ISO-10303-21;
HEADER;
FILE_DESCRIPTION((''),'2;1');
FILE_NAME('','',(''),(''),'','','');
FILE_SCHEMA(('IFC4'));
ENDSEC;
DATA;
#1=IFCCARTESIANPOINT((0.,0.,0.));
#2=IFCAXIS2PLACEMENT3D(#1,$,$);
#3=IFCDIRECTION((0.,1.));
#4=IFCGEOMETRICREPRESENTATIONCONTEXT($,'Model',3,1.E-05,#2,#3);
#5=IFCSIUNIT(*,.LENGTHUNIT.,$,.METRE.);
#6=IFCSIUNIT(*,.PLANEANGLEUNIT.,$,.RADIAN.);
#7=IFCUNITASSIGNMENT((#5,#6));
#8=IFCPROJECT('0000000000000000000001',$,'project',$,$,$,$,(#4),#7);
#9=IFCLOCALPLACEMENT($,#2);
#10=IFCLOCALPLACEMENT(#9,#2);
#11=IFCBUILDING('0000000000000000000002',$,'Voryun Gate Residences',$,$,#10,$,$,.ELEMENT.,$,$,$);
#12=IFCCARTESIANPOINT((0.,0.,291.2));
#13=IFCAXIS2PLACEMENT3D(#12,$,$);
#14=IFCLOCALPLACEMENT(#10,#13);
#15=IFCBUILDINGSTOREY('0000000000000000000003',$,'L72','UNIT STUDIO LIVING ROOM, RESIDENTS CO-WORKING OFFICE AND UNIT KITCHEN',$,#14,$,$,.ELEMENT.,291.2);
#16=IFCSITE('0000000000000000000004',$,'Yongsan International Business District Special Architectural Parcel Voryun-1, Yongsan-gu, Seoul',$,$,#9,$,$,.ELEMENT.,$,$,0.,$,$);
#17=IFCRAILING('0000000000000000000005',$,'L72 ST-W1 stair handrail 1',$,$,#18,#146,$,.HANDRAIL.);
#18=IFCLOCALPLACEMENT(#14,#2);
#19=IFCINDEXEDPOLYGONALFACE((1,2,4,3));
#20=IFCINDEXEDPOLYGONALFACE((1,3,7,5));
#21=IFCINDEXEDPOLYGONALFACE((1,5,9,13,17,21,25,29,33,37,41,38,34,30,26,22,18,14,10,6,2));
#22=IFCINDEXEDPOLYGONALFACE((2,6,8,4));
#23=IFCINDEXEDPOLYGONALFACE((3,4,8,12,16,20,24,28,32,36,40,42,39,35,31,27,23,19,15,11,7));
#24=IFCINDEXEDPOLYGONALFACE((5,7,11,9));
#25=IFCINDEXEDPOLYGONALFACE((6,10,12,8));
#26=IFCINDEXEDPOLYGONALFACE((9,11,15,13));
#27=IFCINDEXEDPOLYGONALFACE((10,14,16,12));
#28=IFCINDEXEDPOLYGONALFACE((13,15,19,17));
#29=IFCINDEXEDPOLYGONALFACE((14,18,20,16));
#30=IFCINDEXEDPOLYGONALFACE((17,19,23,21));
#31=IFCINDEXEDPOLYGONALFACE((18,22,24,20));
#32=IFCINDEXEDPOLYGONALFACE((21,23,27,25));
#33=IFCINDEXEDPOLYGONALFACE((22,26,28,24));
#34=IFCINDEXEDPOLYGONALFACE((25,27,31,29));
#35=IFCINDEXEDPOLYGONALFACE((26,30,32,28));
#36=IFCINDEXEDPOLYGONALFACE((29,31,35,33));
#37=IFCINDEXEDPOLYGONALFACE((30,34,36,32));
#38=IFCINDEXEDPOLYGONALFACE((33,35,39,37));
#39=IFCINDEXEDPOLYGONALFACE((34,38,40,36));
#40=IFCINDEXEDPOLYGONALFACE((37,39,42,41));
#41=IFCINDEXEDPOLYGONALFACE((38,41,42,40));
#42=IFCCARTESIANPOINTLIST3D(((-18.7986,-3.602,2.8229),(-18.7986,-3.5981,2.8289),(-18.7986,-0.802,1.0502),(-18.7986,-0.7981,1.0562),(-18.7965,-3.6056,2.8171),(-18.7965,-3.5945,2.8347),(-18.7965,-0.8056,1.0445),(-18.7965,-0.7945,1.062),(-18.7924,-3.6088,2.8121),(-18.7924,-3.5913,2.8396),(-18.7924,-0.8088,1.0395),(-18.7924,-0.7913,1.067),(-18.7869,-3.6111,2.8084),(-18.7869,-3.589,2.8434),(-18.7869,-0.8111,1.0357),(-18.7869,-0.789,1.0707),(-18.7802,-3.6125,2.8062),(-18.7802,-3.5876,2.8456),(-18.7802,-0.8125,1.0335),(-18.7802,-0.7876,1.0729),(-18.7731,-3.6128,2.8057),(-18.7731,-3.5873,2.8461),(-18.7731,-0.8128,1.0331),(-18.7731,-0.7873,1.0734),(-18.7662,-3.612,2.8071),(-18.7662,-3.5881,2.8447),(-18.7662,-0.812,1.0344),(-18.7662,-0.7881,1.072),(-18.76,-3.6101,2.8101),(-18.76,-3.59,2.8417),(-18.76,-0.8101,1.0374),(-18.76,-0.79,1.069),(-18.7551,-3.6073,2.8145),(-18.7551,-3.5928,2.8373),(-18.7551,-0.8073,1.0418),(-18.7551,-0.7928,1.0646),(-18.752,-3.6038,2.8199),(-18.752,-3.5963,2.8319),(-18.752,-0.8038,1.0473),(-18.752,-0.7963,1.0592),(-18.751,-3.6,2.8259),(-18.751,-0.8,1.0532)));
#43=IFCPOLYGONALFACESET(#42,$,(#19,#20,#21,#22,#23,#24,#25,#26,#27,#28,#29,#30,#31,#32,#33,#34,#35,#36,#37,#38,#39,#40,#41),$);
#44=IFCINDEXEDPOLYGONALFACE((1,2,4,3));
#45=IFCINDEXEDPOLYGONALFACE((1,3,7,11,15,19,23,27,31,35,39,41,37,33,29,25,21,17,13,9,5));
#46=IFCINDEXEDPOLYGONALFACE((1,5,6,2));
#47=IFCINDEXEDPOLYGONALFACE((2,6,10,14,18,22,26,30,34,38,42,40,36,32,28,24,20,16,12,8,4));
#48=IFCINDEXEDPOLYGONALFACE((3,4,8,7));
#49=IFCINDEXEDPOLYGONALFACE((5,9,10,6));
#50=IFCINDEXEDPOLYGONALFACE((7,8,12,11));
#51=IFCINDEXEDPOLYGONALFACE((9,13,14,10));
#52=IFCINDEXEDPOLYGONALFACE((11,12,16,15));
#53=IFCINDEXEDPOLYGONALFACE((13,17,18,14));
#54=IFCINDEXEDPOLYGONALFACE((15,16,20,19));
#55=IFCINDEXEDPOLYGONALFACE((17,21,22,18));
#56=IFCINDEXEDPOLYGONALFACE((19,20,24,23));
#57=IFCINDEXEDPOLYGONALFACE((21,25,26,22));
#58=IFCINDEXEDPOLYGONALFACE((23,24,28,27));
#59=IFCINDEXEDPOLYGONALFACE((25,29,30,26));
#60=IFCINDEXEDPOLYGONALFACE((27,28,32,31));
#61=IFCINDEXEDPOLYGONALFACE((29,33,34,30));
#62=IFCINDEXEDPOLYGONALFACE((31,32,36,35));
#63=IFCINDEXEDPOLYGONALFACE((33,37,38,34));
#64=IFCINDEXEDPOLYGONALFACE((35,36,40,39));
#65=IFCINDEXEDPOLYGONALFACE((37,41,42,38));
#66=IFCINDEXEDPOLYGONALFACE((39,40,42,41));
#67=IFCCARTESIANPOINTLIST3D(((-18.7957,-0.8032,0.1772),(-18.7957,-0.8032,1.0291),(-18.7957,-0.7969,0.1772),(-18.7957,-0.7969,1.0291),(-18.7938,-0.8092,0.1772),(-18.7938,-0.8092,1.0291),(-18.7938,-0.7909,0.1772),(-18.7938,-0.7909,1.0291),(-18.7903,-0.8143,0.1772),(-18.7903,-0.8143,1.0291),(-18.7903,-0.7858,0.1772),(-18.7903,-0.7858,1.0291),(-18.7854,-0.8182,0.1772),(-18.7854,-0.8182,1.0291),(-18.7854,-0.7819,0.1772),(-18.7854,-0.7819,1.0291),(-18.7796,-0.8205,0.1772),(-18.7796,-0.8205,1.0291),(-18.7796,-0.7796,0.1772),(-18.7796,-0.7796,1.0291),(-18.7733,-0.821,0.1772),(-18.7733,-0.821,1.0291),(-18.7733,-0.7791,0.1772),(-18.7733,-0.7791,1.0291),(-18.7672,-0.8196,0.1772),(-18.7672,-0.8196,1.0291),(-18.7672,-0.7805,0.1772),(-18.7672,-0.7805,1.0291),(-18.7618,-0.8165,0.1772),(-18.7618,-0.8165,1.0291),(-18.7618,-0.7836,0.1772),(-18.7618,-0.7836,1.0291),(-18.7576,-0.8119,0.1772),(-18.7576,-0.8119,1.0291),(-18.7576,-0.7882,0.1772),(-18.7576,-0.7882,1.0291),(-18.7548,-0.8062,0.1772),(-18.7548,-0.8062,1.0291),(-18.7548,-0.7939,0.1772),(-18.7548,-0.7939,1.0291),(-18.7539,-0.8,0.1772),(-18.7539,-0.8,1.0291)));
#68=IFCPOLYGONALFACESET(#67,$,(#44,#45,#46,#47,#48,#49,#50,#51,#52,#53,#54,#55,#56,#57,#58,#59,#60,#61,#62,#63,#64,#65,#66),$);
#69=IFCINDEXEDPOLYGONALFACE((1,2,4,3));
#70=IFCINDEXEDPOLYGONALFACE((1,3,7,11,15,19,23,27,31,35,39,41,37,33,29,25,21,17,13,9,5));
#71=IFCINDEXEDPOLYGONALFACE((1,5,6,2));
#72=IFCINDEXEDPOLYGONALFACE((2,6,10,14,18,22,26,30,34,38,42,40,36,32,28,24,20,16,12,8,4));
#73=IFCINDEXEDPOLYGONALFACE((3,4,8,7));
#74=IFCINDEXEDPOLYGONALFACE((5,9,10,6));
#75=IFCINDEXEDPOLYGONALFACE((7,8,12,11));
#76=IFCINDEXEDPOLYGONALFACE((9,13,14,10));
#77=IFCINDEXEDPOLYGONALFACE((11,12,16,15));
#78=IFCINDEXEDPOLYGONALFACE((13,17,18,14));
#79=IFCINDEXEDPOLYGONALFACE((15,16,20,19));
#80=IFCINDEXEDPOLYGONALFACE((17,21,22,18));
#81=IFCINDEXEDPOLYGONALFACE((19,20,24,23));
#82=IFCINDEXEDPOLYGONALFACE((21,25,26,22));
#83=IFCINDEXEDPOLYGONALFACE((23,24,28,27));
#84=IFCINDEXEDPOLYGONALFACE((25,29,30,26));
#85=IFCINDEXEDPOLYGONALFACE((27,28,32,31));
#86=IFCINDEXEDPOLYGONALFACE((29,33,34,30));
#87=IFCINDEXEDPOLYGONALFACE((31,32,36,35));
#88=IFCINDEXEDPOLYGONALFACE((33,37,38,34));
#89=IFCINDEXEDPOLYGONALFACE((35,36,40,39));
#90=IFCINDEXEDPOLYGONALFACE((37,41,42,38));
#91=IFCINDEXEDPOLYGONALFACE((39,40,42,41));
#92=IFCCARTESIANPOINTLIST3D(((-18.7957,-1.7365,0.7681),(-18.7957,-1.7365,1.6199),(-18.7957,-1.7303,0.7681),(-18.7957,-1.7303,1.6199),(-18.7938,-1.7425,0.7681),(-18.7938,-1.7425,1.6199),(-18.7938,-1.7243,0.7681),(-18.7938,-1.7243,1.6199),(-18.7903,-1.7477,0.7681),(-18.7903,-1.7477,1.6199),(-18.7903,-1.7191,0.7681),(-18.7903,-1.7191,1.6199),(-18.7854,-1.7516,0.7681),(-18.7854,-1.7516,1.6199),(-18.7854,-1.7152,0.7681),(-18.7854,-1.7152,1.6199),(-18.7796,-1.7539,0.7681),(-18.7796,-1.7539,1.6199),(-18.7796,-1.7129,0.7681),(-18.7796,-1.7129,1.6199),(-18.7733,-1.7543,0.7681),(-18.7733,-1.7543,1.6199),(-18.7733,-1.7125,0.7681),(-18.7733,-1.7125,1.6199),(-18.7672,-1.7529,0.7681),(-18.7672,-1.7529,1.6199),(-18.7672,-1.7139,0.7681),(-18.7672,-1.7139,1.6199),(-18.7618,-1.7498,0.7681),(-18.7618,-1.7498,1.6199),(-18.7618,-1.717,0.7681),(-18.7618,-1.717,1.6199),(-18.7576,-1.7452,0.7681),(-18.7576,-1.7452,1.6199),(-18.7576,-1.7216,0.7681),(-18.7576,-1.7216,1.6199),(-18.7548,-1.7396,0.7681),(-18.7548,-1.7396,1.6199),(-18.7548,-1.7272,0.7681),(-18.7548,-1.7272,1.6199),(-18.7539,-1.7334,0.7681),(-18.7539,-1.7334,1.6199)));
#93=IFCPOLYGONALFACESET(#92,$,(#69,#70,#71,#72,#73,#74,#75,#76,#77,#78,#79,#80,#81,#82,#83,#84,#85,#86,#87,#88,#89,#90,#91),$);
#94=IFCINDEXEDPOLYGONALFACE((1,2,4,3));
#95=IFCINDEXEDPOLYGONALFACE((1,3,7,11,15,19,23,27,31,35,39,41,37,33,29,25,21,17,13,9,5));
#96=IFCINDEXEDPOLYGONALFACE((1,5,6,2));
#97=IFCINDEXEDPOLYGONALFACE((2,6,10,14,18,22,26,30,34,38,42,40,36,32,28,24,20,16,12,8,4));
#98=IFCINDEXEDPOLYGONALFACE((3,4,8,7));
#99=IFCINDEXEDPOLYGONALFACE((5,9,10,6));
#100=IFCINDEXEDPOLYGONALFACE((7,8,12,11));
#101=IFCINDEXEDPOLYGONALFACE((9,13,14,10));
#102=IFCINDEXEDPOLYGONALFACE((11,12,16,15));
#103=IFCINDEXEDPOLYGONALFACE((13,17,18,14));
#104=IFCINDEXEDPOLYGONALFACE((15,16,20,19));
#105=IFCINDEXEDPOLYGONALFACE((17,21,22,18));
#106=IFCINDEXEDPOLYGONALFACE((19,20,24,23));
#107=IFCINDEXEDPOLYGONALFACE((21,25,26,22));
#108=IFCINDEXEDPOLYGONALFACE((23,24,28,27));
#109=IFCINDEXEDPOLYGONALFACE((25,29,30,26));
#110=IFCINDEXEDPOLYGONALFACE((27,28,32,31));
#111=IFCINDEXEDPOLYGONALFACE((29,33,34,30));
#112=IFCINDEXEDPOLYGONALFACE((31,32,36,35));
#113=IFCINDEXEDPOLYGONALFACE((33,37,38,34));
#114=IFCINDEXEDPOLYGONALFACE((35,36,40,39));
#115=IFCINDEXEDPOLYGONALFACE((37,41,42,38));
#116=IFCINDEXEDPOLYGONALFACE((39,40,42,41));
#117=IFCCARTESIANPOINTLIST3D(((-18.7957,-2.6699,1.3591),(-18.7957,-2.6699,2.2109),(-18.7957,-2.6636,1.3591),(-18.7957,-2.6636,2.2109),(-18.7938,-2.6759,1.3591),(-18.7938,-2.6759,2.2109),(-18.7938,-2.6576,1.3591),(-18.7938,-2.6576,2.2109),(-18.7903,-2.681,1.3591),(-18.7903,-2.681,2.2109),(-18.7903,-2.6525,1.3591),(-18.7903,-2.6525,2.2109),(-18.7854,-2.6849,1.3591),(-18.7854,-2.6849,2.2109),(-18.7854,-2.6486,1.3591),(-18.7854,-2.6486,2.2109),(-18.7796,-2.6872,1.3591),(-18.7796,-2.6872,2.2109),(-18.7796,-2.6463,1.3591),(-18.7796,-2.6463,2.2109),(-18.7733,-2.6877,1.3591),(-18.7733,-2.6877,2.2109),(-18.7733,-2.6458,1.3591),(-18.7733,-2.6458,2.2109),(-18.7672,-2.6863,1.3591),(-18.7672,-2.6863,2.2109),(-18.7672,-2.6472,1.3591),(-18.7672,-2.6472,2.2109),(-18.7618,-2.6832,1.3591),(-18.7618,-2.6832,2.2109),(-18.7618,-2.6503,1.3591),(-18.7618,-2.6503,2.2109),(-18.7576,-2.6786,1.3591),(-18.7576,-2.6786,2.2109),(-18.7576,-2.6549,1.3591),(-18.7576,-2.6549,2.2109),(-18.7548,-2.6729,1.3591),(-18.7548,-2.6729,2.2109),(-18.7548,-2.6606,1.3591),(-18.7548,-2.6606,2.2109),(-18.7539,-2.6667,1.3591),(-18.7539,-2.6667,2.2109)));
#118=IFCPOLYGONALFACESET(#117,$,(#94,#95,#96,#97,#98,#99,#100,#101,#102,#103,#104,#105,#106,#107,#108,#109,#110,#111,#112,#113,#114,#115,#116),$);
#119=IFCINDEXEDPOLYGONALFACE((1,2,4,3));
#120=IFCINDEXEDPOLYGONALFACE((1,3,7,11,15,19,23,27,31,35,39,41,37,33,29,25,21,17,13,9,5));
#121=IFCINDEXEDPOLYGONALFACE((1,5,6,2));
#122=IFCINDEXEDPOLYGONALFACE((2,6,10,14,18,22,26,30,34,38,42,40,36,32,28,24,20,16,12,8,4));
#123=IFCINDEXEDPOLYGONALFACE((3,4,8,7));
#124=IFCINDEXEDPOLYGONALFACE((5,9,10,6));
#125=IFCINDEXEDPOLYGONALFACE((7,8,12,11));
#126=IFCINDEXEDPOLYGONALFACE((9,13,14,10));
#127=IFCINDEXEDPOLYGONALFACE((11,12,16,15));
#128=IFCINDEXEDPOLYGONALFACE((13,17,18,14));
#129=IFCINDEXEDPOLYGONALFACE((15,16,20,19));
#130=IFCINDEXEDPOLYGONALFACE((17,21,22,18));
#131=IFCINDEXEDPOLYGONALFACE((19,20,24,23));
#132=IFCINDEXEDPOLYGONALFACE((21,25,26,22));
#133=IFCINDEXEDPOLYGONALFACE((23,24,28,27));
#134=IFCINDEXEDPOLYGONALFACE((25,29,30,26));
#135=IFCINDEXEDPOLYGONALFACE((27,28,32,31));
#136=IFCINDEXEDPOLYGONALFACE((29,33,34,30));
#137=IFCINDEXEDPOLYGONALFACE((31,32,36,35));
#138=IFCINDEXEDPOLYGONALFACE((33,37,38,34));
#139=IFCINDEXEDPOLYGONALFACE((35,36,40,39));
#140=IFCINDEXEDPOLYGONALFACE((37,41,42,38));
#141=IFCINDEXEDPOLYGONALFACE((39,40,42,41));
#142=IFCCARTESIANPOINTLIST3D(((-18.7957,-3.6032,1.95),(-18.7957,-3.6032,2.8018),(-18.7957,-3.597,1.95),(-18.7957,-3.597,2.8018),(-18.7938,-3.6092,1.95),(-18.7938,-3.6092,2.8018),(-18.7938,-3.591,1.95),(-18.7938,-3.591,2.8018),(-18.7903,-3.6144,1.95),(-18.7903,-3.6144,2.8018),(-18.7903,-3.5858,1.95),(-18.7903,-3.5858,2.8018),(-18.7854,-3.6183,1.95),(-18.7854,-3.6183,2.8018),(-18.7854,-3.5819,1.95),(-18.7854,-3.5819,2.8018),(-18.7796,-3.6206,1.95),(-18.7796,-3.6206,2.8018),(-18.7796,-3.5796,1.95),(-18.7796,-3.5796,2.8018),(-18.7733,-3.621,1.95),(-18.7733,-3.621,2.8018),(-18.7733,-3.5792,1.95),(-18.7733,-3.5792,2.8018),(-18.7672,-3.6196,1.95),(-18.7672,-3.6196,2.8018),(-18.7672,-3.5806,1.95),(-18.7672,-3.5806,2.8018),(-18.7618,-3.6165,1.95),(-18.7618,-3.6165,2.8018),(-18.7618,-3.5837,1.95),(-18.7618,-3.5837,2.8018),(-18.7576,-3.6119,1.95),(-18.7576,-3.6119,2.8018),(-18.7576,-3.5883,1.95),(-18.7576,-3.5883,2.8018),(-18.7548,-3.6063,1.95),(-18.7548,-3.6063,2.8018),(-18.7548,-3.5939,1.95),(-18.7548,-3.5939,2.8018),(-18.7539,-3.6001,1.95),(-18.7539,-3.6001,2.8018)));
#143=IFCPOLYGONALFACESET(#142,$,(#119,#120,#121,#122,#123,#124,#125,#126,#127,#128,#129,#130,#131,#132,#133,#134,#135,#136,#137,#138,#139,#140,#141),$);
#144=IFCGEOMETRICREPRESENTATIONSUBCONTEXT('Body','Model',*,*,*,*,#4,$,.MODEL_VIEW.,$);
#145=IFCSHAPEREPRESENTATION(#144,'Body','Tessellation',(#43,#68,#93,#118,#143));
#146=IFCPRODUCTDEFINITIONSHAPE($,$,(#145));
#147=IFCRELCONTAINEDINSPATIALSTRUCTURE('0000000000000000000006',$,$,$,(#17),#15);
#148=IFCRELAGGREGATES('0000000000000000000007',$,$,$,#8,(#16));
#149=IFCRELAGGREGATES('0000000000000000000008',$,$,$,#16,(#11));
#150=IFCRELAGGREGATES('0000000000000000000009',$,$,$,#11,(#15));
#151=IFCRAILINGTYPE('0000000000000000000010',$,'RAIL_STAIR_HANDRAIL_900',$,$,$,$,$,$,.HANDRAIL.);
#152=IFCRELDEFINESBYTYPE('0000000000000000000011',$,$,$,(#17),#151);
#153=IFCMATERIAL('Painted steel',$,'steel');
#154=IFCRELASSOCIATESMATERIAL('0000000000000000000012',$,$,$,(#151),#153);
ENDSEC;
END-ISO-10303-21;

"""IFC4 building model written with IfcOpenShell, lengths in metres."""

from ifc_helpers import new_model, si_unit, direction, frame, origin, origin_2d, place, context, subcontext, project, spatial, circle, extrude, material, type_object, element, save


model = new_model("IFC4")

# Units and contexts
model_context = context("Model", 3, precision=1e-05, world=origin(), true_north=direction((0.0, 1.0)))
body_context = subcontext(model_context, "Body", "Model", "MODEL_VIEW")
ifc_project = project(units=[si_unit("LENGTHUNIT", "METRE"), si_unit("PLANEANGLEUNIT", "RADIAN")], contexts=[model_context])

# Site, building, storey
site_placement = place(None, origin())
site = spatial("IfcSite", under=ifc_project, at=site_placement, Name="Yongsan International Business District Special Architectural Parcel Voryun-1, Yongsan-gu, Seoul", CompositionType="ELEMENT", RefElevation=0.0)
building_placement = place(site_placement, origin())
building = spatial("IfcBuilding", under=site, at=building_placement, Name="Voryun Gate Residences", CompositionType="ELEMENT")
storey_placement = place(building_placement, frame((0.0, 0.0, 291.2)))
storey = spatial("IfcBuildingStorey", under=building, at=storey_placement, Name="L72", Description="UNIT STUDIO LIVING ROOM, RESIDENTS CO-WORKING OFFICE AND UNIT KITCHEN", CompositionType="ELEMENT", Elevation=291.2)

# Railing
ifc_material_1 = material(Name="Painted steel", Category="steel")
railing_type_1 = type_object("IfcRailingType", Name="RAIL_STAIR_HANDRAIL_900", PredefinedType="HANDRAIL", material=ifc_material_1)
railing_1_placement = place(storey_placement, frame((-18.7749, -0.8, 0.1772)))
element("IfcRailing", 1, at=railing_1_placement, inside=storey, type_object=railing_type_1, Name="L72 ST-W1 stair handrail 1", PredefinedType="HANDRAIL", context=body_context, shape_type="SweptSolid", body=[
    extrude(circle(Radius=0.0239, at=origin_2d()), frame((0.0, 0.0, 0.876), z_axis=(0.0, -0.844909, 0.53491), x_axis=(1.0, 0.0, 0.0)), (0.0, 0.0, 1.0), 3.314),
    extrude(circle(Radius=0.021, at=origin_2d()), origin(), (0.0, 0.0, 1.0), 0.8518),
    extrude(circle(Radius=0.021, at=origin_2d()), frame((0.0, -0.9333, 0.5908)), (0.0, 0.0, 1.0), 0.8518),
    extrude(circle(Radius=0.021, at=origin_2d()), frame((0.0, -1.8667, 1.1819)), (0.0, 0.0, 1.0), 0.8518),
    extrude(circle(Radius=0.021, at=origin_2d()), frame((0.0, -2.8, 1.7727)), (0.0, 0.0, 1.0), 0.8518),
])

save(model, "model.ifc")
